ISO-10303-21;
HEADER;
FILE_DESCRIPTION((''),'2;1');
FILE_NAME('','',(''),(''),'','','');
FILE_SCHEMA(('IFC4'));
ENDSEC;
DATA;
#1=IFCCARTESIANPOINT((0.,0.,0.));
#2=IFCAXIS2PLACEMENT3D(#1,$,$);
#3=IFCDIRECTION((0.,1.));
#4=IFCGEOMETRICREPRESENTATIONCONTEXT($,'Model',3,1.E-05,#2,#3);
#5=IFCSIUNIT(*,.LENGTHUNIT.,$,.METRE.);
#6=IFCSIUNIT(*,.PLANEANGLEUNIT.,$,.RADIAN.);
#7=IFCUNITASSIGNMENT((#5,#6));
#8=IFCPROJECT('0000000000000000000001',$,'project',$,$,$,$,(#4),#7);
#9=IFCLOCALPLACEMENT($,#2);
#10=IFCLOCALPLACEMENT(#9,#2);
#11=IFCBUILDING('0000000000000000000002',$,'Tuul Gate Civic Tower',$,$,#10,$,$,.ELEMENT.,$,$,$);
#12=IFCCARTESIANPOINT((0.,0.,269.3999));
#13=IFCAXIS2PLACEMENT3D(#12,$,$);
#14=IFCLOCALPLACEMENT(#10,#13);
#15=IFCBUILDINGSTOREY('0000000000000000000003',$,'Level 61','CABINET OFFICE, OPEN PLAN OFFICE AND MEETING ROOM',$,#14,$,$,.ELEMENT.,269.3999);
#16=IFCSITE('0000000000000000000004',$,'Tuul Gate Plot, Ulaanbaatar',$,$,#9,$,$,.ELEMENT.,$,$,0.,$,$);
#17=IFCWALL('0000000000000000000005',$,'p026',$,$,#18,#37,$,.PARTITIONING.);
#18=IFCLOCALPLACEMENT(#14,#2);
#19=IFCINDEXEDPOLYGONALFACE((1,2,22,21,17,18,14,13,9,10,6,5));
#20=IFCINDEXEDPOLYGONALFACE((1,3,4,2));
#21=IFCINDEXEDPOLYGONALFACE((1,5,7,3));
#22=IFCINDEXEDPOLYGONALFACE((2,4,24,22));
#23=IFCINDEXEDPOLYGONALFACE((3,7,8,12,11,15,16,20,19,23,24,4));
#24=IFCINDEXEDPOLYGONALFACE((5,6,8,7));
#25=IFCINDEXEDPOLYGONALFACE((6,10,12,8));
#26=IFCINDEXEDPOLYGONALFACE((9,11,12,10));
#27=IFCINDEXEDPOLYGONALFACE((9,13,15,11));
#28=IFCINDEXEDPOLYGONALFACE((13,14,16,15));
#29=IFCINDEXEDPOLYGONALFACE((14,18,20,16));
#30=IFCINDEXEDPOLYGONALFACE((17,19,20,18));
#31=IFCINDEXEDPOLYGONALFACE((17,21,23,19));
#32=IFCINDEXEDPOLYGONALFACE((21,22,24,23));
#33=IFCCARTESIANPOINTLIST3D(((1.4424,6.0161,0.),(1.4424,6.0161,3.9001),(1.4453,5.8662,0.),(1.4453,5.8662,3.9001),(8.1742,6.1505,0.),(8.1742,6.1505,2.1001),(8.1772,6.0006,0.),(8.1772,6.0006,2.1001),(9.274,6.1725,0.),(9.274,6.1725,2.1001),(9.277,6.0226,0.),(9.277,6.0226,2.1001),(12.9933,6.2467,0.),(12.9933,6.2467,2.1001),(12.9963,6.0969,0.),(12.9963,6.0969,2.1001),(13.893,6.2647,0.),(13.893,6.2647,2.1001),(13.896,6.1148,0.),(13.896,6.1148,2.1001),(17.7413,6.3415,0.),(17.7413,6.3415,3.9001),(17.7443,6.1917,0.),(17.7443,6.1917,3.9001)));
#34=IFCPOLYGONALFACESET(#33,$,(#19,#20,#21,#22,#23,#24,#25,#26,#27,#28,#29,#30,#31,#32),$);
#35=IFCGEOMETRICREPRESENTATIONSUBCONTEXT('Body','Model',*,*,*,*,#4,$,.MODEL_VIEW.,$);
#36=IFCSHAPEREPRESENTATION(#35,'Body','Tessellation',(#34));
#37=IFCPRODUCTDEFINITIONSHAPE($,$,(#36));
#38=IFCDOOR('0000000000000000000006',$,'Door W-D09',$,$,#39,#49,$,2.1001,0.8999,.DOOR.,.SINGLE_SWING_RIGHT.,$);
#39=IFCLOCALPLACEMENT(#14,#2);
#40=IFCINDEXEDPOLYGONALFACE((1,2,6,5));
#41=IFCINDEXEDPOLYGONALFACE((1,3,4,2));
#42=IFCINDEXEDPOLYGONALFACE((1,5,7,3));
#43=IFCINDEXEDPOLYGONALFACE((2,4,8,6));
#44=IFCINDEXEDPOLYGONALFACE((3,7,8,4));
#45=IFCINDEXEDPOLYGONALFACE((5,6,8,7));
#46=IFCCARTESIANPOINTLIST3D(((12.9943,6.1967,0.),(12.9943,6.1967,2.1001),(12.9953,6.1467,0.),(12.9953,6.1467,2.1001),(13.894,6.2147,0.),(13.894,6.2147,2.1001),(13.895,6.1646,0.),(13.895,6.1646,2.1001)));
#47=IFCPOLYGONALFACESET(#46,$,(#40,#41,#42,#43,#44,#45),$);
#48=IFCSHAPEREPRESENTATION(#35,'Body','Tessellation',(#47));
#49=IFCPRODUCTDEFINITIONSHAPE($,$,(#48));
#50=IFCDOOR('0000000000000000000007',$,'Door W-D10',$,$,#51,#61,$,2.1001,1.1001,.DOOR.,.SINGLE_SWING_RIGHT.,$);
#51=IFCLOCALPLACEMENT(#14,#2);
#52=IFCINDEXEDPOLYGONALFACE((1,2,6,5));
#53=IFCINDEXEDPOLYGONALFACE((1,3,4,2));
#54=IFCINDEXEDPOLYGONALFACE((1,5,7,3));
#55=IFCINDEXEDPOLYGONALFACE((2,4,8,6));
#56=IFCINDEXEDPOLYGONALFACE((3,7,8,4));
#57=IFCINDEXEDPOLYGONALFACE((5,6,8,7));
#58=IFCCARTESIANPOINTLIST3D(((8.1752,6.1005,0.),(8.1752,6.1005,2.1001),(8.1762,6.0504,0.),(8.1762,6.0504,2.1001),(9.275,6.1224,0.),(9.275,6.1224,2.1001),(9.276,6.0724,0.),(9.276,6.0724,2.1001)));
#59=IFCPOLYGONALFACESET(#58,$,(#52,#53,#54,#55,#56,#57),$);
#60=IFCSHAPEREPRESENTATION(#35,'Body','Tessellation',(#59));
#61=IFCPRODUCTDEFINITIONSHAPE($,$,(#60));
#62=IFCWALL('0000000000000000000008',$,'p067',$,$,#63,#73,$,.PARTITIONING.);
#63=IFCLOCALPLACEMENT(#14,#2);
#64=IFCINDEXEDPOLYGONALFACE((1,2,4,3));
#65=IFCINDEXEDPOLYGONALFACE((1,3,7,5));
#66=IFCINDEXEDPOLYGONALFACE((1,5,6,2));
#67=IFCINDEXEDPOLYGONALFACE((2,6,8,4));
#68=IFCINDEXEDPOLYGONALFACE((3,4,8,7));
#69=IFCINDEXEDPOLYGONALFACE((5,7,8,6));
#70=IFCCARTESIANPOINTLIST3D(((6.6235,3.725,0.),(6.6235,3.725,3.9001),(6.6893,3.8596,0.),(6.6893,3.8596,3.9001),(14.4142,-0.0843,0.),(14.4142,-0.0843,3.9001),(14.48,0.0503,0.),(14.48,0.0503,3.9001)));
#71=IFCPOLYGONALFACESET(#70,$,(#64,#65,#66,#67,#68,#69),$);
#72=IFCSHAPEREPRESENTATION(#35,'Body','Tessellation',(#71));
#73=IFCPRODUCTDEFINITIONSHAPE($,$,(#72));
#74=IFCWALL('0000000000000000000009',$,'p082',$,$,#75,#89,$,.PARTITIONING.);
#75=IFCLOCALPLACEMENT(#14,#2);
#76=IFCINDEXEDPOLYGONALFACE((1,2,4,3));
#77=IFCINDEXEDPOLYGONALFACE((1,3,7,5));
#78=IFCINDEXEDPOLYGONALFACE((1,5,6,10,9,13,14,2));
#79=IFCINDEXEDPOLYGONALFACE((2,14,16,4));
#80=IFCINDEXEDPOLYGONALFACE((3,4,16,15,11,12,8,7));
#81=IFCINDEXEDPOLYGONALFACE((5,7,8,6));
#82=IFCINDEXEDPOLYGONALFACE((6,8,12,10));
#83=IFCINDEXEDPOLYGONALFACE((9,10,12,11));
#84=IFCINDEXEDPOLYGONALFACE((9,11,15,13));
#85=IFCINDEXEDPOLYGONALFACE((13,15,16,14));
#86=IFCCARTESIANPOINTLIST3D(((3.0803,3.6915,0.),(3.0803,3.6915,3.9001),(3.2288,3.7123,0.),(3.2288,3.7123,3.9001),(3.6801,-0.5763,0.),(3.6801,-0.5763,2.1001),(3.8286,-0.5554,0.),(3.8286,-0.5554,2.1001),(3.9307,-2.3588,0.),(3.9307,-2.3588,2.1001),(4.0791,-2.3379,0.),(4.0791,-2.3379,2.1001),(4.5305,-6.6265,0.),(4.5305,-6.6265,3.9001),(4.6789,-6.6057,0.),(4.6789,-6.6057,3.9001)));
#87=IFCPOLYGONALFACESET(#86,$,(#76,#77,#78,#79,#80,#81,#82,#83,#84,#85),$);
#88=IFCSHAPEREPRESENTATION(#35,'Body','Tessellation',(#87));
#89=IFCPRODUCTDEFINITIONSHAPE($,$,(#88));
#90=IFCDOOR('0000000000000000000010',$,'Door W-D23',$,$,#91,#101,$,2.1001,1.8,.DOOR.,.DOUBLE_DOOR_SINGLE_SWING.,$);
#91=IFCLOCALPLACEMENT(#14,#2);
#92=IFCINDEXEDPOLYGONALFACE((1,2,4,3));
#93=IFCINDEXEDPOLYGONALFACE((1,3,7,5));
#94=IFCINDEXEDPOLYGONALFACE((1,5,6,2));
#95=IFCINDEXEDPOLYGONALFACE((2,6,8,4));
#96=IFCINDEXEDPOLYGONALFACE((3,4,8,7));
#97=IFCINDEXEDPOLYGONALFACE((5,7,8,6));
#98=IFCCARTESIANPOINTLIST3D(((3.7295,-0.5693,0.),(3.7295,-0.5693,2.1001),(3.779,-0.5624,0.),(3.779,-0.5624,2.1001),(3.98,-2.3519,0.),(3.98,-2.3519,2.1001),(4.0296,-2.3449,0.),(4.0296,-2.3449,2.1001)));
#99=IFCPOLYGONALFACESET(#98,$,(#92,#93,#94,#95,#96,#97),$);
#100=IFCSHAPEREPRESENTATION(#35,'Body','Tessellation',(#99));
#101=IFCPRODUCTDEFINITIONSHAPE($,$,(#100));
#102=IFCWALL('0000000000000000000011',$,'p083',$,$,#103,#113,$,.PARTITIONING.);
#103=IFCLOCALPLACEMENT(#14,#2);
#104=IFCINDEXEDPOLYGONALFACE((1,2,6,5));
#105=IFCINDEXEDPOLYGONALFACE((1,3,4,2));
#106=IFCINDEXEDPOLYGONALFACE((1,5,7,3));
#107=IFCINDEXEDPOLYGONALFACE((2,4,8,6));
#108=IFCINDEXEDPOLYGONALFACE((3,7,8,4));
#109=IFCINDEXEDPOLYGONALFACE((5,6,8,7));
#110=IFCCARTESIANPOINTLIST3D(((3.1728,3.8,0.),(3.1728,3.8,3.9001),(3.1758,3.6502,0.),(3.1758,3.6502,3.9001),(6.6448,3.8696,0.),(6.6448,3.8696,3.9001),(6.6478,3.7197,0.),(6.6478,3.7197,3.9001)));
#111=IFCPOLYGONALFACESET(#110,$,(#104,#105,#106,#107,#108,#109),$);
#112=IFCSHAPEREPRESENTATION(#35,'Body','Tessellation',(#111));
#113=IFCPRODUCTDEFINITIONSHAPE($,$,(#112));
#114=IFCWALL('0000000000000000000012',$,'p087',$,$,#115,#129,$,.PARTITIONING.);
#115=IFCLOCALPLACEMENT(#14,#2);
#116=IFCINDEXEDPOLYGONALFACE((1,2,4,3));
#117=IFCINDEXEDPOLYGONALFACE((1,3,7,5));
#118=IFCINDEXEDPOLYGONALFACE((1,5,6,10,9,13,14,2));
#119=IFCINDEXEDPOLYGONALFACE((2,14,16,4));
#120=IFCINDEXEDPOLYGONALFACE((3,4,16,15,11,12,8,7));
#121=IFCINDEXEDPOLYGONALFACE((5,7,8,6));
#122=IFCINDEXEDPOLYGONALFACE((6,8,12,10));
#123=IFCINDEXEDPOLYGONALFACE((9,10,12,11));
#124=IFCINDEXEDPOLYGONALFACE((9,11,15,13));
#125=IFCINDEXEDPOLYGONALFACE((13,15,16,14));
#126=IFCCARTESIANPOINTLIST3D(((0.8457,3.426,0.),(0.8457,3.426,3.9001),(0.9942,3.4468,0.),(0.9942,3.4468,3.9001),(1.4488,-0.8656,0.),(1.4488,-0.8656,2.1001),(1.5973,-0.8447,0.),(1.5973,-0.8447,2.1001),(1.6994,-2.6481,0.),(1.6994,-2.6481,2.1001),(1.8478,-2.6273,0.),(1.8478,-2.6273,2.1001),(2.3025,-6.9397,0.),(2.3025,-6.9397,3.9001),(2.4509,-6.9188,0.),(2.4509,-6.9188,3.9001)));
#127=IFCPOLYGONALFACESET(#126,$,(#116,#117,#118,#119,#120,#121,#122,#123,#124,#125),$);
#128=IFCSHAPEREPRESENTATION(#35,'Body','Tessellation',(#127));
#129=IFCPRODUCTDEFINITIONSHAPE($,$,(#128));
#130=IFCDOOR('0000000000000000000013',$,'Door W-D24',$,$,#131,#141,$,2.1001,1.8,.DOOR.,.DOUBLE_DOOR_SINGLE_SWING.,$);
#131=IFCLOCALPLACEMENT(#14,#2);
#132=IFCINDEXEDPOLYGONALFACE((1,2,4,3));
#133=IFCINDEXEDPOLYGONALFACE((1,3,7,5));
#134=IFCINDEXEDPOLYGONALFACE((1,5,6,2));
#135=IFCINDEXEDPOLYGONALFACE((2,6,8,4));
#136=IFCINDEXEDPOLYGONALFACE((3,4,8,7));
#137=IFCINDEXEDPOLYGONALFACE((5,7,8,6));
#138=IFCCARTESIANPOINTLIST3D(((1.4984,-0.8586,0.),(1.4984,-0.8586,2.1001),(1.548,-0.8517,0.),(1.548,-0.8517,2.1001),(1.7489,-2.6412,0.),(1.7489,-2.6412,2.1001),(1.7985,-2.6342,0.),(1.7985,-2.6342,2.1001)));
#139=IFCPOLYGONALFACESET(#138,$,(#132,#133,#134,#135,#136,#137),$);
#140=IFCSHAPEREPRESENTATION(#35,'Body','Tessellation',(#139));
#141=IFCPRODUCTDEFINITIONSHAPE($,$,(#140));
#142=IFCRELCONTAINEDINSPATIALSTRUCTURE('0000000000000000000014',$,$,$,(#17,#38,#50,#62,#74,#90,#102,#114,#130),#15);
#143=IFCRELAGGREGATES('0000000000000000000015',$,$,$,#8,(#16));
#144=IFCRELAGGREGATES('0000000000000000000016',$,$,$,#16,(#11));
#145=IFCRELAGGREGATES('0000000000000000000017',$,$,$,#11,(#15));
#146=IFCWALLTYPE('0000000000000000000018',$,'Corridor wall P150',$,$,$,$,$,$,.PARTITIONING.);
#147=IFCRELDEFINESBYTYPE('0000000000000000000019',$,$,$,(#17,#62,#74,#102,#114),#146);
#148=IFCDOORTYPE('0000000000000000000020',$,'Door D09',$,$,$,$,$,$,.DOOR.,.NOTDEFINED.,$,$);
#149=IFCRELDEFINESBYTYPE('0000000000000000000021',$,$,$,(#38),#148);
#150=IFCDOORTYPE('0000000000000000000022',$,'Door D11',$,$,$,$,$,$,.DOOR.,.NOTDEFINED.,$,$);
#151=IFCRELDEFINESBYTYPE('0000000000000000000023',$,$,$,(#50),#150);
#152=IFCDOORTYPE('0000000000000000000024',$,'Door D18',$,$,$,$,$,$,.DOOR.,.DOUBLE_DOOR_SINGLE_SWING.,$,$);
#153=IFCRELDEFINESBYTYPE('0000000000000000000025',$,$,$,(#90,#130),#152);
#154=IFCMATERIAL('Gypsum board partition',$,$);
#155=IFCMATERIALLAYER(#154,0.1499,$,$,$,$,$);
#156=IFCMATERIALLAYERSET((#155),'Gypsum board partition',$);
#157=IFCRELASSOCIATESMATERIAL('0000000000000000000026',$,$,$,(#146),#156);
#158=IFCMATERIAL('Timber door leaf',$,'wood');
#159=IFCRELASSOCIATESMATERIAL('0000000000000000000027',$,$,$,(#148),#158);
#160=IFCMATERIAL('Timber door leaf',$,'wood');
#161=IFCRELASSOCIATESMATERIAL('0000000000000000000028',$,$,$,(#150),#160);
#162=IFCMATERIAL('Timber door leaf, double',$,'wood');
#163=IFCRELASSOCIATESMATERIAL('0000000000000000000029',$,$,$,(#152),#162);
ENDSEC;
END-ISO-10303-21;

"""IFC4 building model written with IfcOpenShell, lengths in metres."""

from ifc_helpers import new_model, si_unit, direction, frame, frame_2d, origin, place, context, subcontext, project, spatial, rectangle, extrude, material, layer, layer_set, type_object, element, fill, save


model = new_model("IFC4")

# Units and contexts
model_context = context("Model", 3, precision=1e-05, world=origin(), true_north=direction((0.0, 1.0)))
body_context = subcontext(model_context, "Body", "Model", "MODEL_VIEW")
ifc_project = project(units=[si_unit("LENGTHUNIT", "METRE"), si_unit("PLANEANGLEUNIT", "RADIAN")], contexts=[model_context])

# Site, building, storey
site_placement = place(None, origin())
site = spatial("IfcSite", under=ifc_project, at=site_placement, Name="Tuul Gate Plot, Ulaanbaatar", CompositionType="ELEMENT", RefElevation=0.0)
building_placement = place(site_placement, origin())
building = spatial("IfcBuilding", under=site, at=building_placement, Name="Tuul Gate Civic Tower", CompositionType="ELEMENT")
storey_placement = place(building_placement, frame((0.0, 0.0, 269.3999)))
storey = spatial("IfcBuildingStorey", under=building, at=storey_placement, Name="Level 61", Description="CABINET OFFICE, OPEN PLAN OFFICE AND MEETING ROOM", CompositionType="ELEMENT", Elevation=269.3999)

# Wall, openings, doors
ifc_material_1 = material(Name="Gypsum board partition")
ifc_layer_1 = layer(ifc_material_1, 0.1499)
ifc_layer_set_1 = layer_set([ifc_layer_1], Name="Gypsum board partition")
wall_type_1 = type_object("IfcWallType", Name="Corridor wall P150", PredefinedType="PARTITIONING", material=ifc_layer_set_1)
wall_1_placement = place(storey_placement, frame((1.4438, 5.9412, 0.0), z_axis=(0.0, 0.0, 1.0), x_axis=(0.999801, 0.019963, 0.0)))
wall_1 = element("IfcWall", 1, at=wall_1_placement, inside=storey, type_object=wall_type_1, Name="p026", PredefinedType="PARTITIONING", context=body_context, shape_type="SweptSolid", body=[
    extrude(rectangle(XDim=16.3022, YDim=0.1499, at=frame_2d((8.1511, 0.0))), origin(), (0.0, 0.0, 1.0), 3.9001),
])
opening_1_placement = place(wall_1_placement, frame((11.5532, 0.0, 0.0)))
opening_1 = element("IfcOpeningElement", 2, at=opening_1_placement, cuts=wall_1, PredefinedType="OPENING", context=body_context, shape_type="SweptSolid", body=[
    extrude(rectangle(XDim=0.8999, YDim=2.1001, at=frame_2d((0.45, 1.05))), frame((0.0, 0.085, 0.0), z_axis=(0.0, -1.0, 0.0), x_axis=(1.0, 0.0, 0.0)), (0.0, 0.0, 1.0), 0.1699),
])
opening_2_placement = place(wall_1_placement, frame((6.7332, 0.0, 0.0)))
opening_2 = element("IfcOpeningElement", 3, at=opening_2_placement, cuts=wall_1, PredefinedType="OPENING", context=body_context, shape_type="SweptSolid", body=[
    extrude(rectangle(XDim=1.1001, YDim=2.1001, at=frame_2d((0.55, 1.05))), frame((0.0, 0.085, 0.0), z_axis=(0.0, -1.0, 0.0), x_axis=(1.0, 0.0, 0.0)), (0.0, 0.0, 1.0), 0.1699),
])
ifc_material_2 = material(Name="Timber door leaf", Category="wood")
door_type_1 = type_object("IfcDoorType", Name="Door D09", OperationType="NOTDEFINED", PredefinedType="DOOR", material=ifc_material_2)
door_1_placement = place(opening_1_placement, origin())
door_1 = element("IfcDoor", 4, at=door_1_placement, inside=storey, type_object=door_type_1, Name="Door W-D09", OperationType="SINGLE_SWING_RIGHT", OverallHeight=2.1001, OverallWidth=0.8999, PredefinedType="DOOR", context=body_context, shape_type="SweptSolid", body=[
    extrude(rectangle(XDim=0.8999, YDim=2.1001, at=frame_2d((0.45, 1.05))), frame((0.0, 0.0249, 0.0), z_axis=(0.0, -1.0, 0.0), x_axis=(1.0, 0.0, 0.0)), (0.0, 0.0, 1.0), 0.05),
])
fill(opening_1, door_1)
ifc_material_3 = material(Name="Timber door leaf", Category="wood")
door_type_2 = type_object("IfcDoorType", Name="Door D11", OperationType="NOTDEFINED", PredefinedType="DOOR", material=ifc_material_3)
door_2_placement = place(opening_2_placement, origin())
door_2 = element("IfcDoor", 5, at=door_2_placement, inside=storey, type_object=door_type_2, Name="Door W-D10", OperationType="SINGLE_SWING_RIGHT", OverallHeight=2.1001, OverallWidth=1.1001, PredefinedType="DOOR", context=body_context, shape_type="SweptSolid", body=[
    extrude(rectangle(XDim=1.1001, YDim=2.1001, at=frame_2d((0.55, 1.05))), frame((0.0, 0.0249, 0.0), z_axis=(0.0, -1.0, 0.0), x_axis=(1.0, 0.0, 0.0)), (0.0, 0.0, 1.0), 0.05),
])
fill(opening_2, door_2)

# Wall
wall_2_placement = place(storey_placement, frame((6.6565, 3.7922, 0.0), z_axis=(0.0, 0.0, 1.0), x_axis=(0.898361, -0.439257, 0.0)))
element("IfcWall", 6, at=wall_2_placement, inside=storey, type_object=wall_type_1, Name="p067", PredefinedType="PARTITIONING", context=body_context, shape_type="SweptSolid", body=[
    extrude(rectangle(XDim=8.6721, YDim=0.1499, at=frame_2d((4.3359, 0.0))), origin(), (0.0, 0.0, 1.0), 3.9001),
])

# Wall, opening, door
wall_3_placement = place(storey_placement, frame((3.1545, 3.7019, 0.0), z_axis=(0.0, 0.0, 1.0), x_axis=(0.139181, -0.990267, 0.0)))
wall_3 = element("IfcWall", 7, at=wall_3_placement, inside=storey, type_object=wall_type_1, Name="p082", PredefinedType="PARTITIONING", context=body_context, shape_type="SweptSolid", body=[
    extrude(rectangle(XDim=10.4194, YDim=0.1499, at=frame_2d((5.2097, 0.0))), origin(), (0.0, 0.0, 1.0), 3.9001),
])
opening_3_placement = place(wall_3_placement, frame((4.3098, 0.0, 0.0)))
opening_3 = element("IfcOpeningElement", 8, at=opening_3_placement, cuts=wall_3, PredefinedType="OPENING", context=body_context, shape_type="SweptSolid", body=[
    extrude(rectangle(XDim=1.8, YDim=2.1001, at=frame_2d((0.8999, 1.05))), frame((0.0, 0.085, 0.0), z_axis=(0.0, -1.0, 0.0), x_axis=(1.0, 0.0, 0.0)), (0.0, 0.0, 1.0), 0.1699),
])
ifc_material_4 = material(Name="Timber door leaf, double", Category="wood")
door_type_3 = type_object("IfcDoorType", Name="Door D18", OperationType="DOUBLE_DOOR_SINGLE_SWING", PredefinedType="DOOR", material=ifc_material_4)
door_3_placement = place(opening_3_placement, origin())
door_3 = element("IfcDoor", 9, at=door_3_placement, inside=storey, type_object=door_type_3, Name="Door W-D23", OperationType="DOUBLE_DOOR_SINGLE_SWING", OverallHeight=2.1001, OverallWidth=1.8, PredefinedType="DOOR", context=body_context, shape_type="SweptSolid", body=[
    extrude(rectangle(XDim=1.8, YDim=2.1001, at=frame_2d((0.8999, 1.05))), frame((0.0, 0.0249, 0.0), z_axis=(0.0, -1.0, 0.0), x_axis=(1.0, 0.0, 0.0)), (0.0, 0.0, 1.0), 0.05),
])
fill(opening_3, door_3)

# Wall
wall_4_placement = place(storey_placement, frame((3.1743, 3.7251, 0.0), z_axis=(0.0, 0.0, 1.0), x_axis=(0.999799, 0.020037, 0.0)))
element("IfcWall", 10, at=wall_4_placement, inside=storey, type_object=wall_type_1, Name="p083", PredefinedType="PARTITIONING", context=body_context, shape_type="SweptSolid", body=[
    extrude(rectangle(XDim=3.4727, YDim=0.1499, at=frame_2d((1.7363, 0.0))), origin(), (0.0, 0.0, 1.0), 3.9001),
])

# Wall, opening, door
wall_5_placement = place(storey_placement, frame((0.9199, 3.4365, 0.0), z_axis=(0.0, 0.0, 1.0), x_axis=(0.139171, -0.990268, 0.0)))
wall_5 = element("IfcWall", 11, at=wall_5_placement, inside=storey, type_object=wall_type_1, Name="p087", PredefinedType="PARTITIONING", context=body_context, shape_type="SweptSolid", body=[
    extrude(rectangle(XDim=10.4675, YDim=0.1499, at=frame_2d((5.2339, 0.0))), origin(), (0.0, 0.0, 1.0), 3.9001),
])
opening_4_placement = place(wall_5_placement, frame((4.334, 0.0, 0.0)))
opening_4 = element("IfcOpeningElement", 12, at=opening_4_placement, cuts=wall_5, PredefinedType="OPENING", context=body_context, shape_type="SweptSolid", body=[
    extrude(rectangle(XDim=1.8, YDim=2.1001, at=frame_2d((0.8999, 1.05))), frame((0.0, 0.085, 0.0), z_axis=(0.0, -1.0, 0.0), x_axis=(1.0, 0.0, 0.0)), (0.0, 0.0, 1.0), 0.1699),
])
door_4_placement = place(opening_4_placement, frame((1.8, 0.0, 0.0), z_axis=(0.0, 0.0, 1.0), x_axis=(-1.0, 0.0, 0.0)))
door_4 = element("IfcDoor", 13, at=door_4_placement, inside=storey, type_object=door_type_3, Name="Door W-D24", OperationType="DOUBLE_DOOR_SINGLE_SWING", OverallHeight=2.1001, OverallWidth=1.8, PredefinedType="DOOR", context=body_context, shape_type="SweptSolid", body=[
    extrude(rectangle(XDim=1.8, YDim=2.1001, at=frame_2d((0.9001, 1.05))), frame((0.0, 0.0249, 0.0), z_axis=(0.0, -1.0, 0.0), x_axis=(1.0, 0.0, 0.0)), (0.0, 0.0, 1.0), 0.05),
])
fill(opening_4, door_4)

save(model, "model.ifc")
